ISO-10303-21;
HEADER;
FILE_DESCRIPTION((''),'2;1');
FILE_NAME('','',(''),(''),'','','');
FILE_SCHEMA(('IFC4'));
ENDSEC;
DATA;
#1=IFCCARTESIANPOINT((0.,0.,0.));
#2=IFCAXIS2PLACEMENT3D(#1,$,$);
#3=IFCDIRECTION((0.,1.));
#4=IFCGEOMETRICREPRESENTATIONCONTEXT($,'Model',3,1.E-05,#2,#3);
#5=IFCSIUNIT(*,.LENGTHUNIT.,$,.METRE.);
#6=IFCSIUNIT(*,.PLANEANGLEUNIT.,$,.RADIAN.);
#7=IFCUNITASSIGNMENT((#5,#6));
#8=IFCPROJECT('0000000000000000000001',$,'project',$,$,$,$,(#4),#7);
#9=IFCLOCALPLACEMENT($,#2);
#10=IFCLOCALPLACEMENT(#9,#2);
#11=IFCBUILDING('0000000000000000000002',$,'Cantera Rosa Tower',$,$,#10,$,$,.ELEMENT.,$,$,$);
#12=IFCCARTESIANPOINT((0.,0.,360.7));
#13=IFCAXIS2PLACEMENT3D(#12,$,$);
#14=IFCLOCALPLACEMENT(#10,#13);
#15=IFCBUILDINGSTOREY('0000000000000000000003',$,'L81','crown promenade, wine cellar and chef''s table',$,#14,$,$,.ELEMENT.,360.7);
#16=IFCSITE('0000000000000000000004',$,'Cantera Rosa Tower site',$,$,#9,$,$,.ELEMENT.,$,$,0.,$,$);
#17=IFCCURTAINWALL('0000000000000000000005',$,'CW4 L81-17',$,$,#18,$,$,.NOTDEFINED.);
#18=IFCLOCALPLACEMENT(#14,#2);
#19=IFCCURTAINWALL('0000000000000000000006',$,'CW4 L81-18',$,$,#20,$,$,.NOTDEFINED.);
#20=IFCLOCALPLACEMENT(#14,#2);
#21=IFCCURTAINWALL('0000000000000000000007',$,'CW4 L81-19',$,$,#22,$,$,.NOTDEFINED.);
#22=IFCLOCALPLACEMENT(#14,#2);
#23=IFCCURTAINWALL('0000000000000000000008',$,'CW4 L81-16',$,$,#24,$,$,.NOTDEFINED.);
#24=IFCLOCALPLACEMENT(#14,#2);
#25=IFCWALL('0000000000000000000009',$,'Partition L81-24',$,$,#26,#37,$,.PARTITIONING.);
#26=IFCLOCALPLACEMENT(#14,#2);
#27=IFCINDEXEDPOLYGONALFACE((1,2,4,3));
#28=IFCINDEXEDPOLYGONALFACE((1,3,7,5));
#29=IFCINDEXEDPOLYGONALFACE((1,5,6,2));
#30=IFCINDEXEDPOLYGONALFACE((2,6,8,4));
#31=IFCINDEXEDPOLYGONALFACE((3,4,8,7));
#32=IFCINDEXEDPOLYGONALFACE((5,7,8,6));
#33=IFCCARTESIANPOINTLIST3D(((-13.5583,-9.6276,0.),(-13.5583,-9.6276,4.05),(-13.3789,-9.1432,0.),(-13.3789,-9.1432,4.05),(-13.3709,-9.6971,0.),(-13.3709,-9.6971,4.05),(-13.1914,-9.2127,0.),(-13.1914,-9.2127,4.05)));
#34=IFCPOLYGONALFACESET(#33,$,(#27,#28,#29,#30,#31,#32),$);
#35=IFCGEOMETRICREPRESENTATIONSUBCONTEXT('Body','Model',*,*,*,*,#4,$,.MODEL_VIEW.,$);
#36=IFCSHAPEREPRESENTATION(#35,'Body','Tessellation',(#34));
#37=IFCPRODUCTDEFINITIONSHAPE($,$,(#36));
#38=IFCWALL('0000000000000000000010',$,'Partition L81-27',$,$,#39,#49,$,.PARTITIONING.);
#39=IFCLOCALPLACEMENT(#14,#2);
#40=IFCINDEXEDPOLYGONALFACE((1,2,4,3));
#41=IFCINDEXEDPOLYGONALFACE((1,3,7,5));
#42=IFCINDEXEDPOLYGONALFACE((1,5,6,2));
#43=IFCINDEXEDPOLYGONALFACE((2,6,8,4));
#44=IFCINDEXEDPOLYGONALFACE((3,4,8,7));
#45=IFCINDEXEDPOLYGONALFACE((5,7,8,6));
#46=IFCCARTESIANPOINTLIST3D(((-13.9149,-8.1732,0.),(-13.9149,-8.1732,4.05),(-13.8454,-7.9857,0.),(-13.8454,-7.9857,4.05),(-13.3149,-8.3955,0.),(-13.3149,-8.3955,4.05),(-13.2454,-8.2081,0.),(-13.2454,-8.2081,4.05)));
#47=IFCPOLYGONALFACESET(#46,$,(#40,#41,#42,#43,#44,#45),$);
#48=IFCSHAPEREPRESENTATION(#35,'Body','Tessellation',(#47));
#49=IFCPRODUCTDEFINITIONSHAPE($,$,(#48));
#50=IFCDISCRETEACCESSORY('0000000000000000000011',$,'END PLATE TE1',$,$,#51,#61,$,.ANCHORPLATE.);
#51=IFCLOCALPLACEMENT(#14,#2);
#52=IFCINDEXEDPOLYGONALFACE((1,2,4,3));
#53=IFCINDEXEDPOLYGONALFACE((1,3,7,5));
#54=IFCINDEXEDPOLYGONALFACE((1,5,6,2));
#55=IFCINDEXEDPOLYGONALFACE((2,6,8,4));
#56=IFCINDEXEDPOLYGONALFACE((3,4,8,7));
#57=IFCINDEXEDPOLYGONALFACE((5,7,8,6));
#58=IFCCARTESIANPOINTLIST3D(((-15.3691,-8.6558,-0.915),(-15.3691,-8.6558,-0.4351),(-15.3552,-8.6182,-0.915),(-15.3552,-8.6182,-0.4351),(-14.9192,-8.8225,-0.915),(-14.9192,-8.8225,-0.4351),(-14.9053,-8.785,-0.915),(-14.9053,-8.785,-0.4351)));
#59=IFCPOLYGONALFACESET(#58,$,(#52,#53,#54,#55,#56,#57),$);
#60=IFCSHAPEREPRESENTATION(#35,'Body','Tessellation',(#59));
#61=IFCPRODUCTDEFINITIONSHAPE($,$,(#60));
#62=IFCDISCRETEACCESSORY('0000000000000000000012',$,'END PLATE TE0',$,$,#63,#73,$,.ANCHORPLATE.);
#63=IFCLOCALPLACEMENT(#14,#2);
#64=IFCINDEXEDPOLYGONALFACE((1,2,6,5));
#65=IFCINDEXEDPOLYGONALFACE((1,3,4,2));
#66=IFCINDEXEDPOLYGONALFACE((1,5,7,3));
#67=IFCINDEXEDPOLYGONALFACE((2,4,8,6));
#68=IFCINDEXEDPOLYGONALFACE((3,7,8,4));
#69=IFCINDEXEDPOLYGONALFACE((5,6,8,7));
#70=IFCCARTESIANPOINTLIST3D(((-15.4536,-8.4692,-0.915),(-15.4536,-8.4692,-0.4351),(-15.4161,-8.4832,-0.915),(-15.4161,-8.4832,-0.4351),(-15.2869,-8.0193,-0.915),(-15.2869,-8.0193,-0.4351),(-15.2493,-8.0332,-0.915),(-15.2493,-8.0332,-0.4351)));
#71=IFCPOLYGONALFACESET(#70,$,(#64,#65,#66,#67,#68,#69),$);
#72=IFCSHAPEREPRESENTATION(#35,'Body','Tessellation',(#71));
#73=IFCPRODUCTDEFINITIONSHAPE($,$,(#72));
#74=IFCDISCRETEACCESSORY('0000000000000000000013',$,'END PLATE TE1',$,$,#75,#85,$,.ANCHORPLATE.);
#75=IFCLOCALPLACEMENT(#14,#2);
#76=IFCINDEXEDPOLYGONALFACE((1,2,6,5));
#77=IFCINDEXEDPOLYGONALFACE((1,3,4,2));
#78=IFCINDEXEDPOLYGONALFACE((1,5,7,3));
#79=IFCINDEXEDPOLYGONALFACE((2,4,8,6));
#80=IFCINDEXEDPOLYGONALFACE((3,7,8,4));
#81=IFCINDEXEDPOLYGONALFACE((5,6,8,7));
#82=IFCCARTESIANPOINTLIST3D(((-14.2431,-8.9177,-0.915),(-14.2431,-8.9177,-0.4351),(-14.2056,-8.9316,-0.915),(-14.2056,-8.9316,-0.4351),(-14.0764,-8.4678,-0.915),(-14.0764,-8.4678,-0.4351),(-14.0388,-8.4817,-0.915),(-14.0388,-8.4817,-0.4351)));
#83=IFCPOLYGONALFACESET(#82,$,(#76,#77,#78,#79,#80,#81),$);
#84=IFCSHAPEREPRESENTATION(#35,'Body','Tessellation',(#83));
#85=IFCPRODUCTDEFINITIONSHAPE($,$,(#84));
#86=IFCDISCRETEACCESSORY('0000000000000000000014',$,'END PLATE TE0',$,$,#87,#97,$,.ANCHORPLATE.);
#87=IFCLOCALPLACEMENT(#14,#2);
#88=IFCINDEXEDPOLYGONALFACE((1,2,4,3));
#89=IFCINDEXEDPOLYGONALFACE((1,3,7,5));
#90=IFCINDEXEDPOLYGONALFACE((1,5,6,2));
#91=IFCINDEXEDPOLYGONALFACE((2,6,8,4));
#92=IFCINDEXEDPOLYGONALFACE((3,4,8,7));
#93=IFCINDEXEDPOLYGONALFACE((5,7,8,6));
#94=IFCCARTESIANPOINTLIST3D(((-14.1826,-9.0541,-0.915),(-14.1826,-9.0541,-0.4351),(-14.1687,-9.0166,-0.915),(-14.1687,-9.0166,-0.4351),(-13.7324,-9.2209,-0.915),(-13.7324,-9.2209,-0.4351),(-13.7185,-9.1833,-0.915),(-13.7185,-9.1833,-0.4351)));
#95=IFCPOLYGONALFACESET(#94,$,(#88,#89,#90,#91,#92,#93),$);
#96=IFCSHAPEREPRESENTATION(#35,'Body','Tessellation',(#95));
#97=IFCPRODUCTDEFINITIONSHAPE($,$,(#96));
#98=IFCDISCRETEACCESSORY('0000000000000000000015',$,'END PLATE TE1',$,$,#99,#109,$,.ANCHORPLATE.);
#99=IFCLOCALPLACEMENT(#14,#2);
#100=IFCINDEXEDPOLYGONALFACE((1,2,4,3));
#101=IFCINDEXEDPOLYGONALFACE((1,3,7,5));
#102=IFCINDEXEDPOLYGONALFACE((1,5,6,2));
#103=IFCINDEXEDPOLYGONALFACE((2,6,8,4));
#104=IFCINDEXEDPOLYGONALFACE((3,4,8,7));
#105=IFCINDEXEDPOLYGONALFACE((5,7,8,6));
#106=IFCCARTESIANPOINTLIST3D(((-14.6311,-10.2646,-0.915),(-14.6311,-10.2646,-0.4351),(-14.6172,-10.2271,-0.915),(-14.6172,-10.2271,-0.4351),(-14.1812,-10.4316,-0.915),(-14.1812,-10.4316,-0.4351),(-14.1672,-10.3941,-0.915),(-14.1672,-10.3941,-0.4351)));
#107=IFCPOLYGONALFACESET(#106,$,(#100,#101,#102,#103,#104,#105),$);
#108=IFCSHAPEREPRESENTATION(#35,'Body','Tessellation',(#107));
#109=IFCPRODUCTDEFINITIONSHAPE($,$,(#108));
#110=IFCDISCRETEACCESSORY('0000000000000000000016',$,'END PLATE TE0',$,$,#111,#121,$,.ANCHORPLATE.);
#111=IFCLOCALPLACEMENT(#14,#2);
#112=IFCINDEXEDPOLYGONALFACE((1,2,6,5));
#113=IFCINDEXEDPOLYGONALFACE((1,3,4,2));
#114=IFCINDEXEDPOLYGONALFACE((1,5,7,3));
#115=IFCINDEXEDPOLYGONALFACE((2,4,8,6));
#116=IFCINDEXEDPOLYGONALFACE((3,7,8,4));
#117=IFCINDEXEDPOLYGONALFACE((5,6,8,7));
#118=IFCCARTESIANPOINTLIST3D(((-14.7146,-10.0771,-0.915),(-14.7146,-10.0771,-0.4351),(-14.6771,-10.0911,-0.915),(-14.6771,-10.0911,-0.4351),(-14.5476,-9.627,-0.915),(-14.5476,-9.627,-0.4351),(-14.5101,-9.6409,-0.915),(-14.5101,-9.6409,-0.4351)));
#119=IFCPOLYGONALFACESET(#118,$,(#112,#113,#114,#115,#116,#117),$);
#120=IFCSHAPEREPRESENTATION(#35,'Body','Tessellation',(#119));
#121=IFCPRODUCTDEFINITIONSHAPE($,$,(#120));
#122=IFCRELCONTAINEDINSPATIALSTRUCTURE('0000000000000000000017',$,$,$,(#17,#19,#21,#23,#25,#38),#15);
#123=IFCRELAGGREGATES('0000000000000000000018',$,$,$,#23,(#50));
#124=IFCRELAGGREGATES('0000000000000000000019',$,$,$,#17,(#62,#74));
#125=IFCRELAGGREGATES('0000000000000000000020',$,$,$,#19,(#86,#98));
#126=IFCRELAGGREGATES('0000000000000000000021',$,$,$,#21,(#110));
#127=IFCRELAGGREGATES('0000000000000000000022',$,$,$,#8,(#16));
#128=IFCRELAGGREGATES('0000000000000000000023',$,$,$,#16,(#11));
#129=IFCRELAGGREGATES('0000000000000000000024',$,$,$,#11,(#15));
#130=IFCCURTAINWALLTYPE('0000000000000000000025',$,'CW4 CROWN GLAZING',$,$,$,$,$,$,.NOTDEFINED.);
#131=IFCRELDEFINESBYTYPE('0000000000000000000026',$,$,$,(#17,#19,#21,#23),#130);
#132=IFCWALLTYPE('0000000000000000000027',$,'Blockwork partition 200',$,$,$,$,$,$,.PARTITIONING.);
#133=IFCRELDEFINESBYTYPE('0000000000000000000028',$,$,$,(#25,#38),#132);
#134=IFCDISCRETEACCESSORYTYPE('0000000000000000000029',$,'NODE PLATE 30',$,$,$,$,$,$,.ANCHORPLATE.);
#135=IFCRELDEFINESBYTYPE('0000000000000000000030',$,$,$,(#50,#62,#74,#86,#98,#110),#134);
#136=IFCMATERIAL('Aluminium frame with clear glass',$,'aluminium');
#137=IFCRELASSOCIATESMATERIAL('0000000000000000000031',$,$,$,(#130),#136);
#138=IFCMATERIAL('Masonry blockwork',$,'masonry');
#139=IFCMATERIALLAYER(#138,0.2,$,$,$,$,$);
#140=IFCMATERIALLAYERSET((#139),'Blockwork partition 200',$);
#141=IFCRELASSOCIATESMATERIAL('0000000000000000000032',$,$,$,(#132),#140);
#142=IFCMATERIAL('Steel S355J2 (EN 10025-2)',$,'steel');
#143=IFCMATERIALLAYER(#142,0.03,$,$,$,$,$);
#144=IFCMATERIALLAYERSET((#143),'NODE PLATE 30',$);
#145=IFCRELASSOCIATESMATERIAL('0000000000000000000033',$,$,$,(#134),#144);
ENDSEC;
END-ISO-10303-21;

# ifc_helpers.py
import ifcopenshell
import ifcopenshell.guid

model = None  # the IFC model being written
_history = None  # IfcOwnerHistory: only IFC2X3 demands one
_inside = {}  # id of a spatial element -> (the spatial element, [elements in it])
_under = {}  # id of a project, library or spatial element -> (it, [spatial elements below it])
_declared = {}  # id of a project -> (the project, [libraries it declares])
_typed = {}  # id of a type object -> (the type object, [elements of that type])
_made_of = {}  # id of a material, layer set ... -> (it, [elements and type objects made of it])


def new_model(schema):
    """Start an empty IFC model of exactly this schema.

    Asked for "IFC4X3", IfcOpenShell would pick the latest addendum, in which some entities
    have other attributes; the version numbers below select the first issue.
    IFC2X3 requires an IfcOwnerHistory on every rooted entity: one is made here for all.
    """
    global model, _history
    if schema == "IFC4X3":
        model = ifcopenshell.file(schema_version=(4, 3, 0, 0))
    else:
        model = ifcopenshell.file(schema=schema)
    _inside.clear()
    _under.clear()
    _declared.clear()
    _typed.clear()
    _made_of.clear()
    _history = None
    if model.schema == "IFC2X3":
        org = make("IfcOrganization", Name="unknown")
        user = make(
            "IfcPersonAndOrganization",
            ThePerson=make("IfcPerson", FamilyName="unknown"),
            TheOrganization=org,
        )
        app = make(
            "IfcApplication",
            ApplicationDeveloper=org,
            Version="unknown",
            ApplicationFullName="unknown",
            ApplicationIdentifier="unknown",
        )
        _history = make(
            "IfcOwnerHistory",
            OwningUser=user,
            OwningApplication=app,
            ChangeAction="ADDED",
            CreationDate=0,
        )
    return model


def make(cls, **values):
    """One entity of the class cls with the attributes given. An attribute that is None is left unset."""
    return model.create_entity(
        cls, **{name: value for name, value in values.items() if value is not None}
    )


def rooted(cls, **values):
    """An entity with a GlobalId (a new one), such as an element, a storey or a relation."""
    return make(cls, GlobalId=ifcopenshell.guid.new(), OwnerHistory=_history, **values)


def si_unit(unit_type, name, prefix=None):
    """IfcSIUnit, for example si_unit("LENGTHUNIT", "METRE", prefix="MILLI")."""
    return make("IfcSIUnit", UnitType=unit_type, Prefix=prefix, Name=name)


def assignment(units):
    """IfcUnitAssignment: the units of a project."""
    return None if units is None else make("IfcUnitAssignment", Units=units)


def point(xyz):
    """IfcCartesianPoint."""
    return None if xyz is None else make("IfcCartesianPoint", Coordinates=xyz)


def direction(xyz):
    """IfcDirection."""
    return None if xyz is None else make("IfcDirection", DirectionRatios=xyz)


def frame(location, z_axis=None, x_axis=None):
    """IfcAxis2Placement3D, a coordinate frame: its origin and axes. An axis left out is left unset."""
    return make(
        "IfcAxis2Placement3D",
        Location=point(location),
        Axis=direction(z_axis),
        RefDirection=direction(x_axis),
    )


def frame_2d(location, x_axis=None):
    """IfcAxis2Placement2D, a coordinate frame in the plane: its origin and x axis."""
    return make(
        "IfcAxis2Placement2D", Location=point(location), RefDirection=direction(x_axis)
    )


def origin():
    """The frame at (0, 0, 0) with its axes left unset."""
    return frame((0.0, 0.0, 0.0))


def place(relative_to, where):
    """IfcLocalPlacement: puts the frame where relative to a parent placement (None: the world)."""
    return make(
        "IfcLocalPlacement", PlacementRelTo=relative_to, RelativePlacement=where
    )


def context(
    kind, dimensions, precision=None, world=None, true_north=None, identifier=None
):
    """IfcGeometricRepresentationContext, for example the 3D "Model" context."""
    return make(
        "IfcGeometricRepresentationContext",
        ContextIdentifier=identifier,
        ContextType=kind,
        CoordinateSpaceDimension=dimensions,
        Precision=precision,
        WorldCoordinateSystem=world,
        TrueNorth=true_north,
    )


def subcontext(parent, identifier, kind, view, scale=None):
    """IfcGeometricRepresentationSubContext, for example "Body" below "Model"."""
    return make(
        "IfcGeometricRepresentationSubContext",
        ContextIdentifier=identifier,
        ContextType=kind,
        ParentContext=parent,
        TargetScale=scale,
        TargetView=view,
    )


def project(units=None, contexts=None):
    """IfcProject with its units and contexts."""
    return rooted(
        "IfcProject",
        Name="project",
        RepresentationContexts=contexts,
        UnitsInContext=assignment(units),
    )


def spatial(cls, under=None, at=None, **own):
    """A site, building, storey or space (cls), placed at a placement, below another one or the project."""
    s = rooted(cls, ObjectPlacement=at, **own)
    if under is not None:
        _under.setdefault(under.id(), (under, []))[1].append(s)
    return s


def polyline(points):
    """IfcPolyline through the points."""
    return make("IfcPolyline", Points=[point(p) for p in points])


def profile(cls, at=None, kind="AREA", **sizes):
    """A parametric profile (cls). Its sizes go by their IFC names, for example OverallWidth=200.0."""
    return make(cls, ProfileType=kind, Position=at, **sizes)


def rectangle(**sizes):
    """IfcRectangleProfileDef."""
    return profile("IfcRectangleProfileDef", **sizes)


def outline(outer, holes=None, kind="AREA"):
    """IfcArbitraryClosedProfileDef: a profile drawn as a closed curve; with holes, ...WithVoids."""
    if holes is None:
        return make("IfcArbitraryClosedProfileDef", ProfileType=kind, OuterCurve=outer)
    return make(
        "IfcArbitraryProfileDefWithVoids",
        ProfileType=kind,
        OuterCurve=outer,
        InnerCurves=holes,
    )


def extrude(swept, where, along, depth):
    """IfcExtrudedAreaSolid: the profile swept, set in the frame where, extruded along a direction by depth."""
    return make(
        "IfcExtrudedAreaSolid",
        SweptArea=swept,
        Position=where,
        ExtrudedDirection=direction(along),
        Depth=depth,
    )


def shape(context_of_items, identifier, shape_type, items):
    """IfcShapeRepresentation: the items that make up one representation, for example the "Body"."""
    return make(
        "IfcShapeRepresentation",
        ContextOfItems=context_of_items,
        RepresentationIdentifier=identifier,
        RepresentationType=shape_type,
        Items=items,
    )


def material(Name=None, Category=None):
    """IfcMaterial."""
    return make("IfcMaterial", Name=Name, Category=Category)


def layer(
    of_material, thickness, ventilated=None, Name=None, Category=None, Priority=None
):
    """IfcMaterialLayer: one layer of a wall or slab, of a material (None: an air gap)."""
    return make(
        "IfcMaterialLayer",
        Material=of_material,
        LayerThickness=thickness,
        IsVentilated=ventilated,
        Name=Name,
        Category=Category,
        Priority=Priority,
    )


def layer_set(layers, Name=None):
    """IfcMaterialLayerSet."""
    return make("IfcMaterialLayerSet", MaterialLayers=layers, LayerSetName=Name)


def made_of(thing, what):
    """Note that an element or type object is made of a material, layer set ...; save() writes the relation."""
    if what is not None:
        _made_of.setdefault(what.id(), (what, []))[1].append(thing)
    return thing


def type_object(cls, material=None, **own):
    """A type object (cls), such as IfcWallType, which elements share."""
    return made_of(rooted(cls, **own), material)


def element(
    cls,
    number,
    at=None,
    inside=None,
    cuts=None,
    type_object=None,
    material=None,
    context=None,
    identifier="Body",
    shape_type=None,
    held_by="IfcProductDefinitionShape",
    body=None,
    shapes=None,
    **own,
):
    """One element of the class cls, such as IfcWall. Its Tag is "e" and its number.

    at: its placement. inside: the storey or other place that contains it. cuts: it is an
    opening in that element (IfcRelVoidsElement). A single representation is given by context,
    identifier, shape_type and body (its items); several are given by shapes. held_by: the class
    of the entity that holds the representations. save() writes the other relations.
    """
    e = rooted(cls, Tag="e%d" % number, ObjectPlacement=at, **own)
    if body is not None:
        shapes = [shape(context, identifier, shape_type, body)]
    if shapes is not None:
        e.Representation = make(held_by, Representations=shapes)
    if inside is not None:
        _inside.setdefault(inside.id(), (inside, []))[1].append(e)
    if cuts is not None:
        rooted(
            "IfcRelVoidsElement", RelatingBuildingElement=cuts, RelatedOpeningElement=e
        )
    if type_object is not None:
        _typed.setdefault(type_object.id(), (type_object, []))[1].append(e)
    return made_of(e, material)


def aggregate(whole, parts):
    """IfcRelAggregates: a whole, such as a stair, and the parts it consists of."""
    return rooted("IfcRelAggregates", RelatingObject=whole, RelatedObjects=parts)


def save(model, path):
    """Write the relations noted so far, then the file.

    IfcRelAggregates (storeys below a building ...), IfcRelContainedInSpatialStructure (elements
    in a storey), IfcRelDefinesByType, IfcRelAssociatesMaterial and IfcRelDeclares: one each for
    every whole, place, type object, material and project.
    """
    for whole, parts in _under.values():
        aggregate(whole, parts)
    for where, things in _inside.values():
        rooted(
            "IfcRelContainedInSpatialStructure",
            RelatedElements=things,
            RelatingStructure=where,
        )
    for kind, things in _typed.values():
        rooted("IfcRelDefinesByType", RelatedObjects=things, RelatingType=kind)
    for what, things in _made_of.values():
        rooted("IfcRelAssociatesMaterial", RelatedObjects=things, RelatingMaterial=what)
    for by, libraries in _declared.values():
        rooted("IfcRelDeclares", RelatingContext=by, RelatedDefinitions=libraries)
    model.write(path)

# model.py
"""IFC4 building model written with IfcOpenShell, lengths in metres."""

from ifc_helpers import new_model, si_unit, direction, frame, frame_2d, origin, place, context, subcontext, project, spatial, polyline, rectangle, outline, extrude, material, layer, layer_set, type_object, element, aggregate, save


model = new_model("IFC4")

# Units and contexts
model_context = context("Model", 3, precision=1e-05, world=origin(), true_north=direction((0.0, 1.0)))
body_context = subcontext(model_context, "Body", "Model", "MODEL_VIEW")
ifc_project = project(units=[si_unit("LENGTHUNIT", "METRE"), si_unit("PLANEANGLEUNIT", "RADIAN")], contexts=[model_context])

# Site, building, storey
site_placement = place(None, origin())
site = spatial("IfcSite", under=ifc_project, at=site_placement, Name="Cantera Rosa Tower site", CompositionType="ELEMENT", RefElevation=0.0)
building_placement = place(site_placement, origin())
building = spatial("IfcBuilding", under=site, at=building_placement, Name="Cantera Rosa Tower", CompositionType="ELEMENT")
storey_placement = place(building_placement, frame((0.0, 0.0, 360.7)))
storey = spatial("IfcBuildingStorey", under=building, at=storey_placement, Name="L81", Description="crown promenade, wine cellar and chef's table", CompositionType="ELEMENT", Elevation=360.7)

# Curtain walls
ifc_material_1 = material(Name="Aluminium frame with clear glass", Category="aluminium")
curtain_wall_type = type_object("IfcCurtainWallType", Name="CW4 CROWN GLAZING", PredefinedType="NOTDEFINED", material=ifc_material_1)
curtain_wall_1_placement = place(storey_placement, origin())
curtain_wall_1 = element("IfcCurtainWall", 1, at=curtain_wall_1_placement, inside=storey, type_object=curtain_wall_type, Name="CW4 L81-17", PredefinedType="NOTDEFINED")
curtain_wall_2_placement = place(storey_placement, origin())
curtain_wall_2 = element("IfcCurtainWall", 2, at=curtain_wall_2_placement, inside=storey, type_object=curtain_wall_type, Name="CW4 L81-18", PredefinedType="NOTDEFINED")
curtain_wall_3_placement = place(storey_placement, origin())
curtain_wall_3 = element("IfcCurtainWall", 3, at=curtain_wall_3_placement, inside=storey, type_object=curtain_wall_type, Name="CW4 L81-19", PredefinedType="NOTDEFINED")
curtain_wall_4_placement = place(storey_placement, origin())
curtain_wall_4 = element("IfcCurtainWall", 4, at=curtain_wall_4_placement, inside=storey, type_object=curtain_wall_type, Name="CW4 L81-16", PredefinedType="NOTDEFINED")

# Walls
ifc_material_2 = material(Name="Masonry blockwork", Category="masonry")
ifc_layer_1 = layer(ifc_material_2, 0.2)
ifc_layer_set_1 = layer_set([ifc_layer_1], Name="Blockwork partition 200")
wall_type = type_object("IfcWallType", Name="Blockwork partition 200", PredefinedType="PARTITIONING", material=ifc_layer_set_1)
wall_1_placement = place(storey_placement, frame((-13.4646, -9.6624, 0.0), z_axis=(0.0, 0.0, 1.0), x_axis=(0.347391, 0.93772, 0.0)))
element("IfcWall", 5, at=wall_1_placement, inside=storey, type_object=wall_type, Name="Partition L81-24", PredefinedType="PARTITIONING", context=body_context, shape_type="SweptSolid", body=[
    extrude(rectangle(XDim=0.5166, YDim=0.2, at=frame_2d((0.2583, 0.0))), origin(), (0.0, 0.0, 1.0), 4.05),
])
wall_2_placement = place(storey_placement, frame((-13.2803, -8.3018, 0.0), z_axis=(0.0, 0.0, 1.0), x_axis=(-0.937671, 0.347526, 0.0)))
element("IfcWall", 6, at=wall_2_placement, inside=storey, type_object=wall_type, Name="Partition L81-27", PredefinedType="PARTITIONING", context=body_context, shape_type="SweptSolid", body=[
    extrude(rectangle(XDim=0.6399, YDim=0.2, at=frame_2d((0.3198, 0.0))), origin(), (0.0, 0.0, 1.0), 4.05),
])

# Discrete accessories
ifc_material_3 = material(Name="Steel S355J2 (EN 10025-2)", Category="steel")
ifc_layer_2 = layer(ifc_material_3, 0.03)
ifc_layer_set_2 = layer_set([ifc_layer_2], Name="NODE PLATE 30")
discrete_accessory_type = type_object("IfcDiscreteAccessoryType", Name="NODE PLATE 30", PredefinedType="ANCHORPLATE", material=ifc_layer_set_2)
discrete_accessory_1_placement = place(storey_placement, frame((-14.9192, -8.8225, -0.4351), z_axis=(-0.347497, -0.937681, 0.0), x_axis=(-0.937681, 0.347497, 0.0)))
discrete_accessory_1 = element("IfcDiscreteAccessory", 7, at=discrete_accessory_1_placement, type_object=discrete_accessory_type, Name="END PLATE TE1", PredefinedType="ANCHORPLATE", context=body_context, shape_type="SweptSolid", body=[
    extrude(outline(polyline([(0.0, 0.0), (0.4799, 0.0), (0.4799, 0.48), (0.0, 0.48), (0.0, 0.0)])), origin(), (0.0, 0.0, -1.0), 0.04),
])
aggregate(curtain_wall_4, [discrete_accessory_1])
discrete_accessory_2_placement = place(storey_placement, frame((-15.4536, -8.4692, -0.4351), z_axis=(-0.937681, 0.347497, 0.0), x_axis=(0.347497, 0.937681, 0.0)))
discrete_accessory_2 = element("IfcDiscreteAccessory", 8, at=discrete_accessory_2_placement, type_object=discrete_accessory_type, Name="END PLATE TE0", PredefinedType="ANCHORPLATE", context=body_context, shape_type="SweptSolid", body=[
    extrude(outline(polyline([(0.0, 0.0), (0.4799, 0.0), (0.4799, 0.48), (0.0, 0.48), (0.0, 0.0)])), origin(), (0.0, 0.0, -1.0), 0.04),
])
discrete_accessory_3_placement = place(storey_placement, frame((-14.0388, -8.4817, -0.4351), z_axis=(0.937681, -0.347497, 0.0), x_axis=(-0.347497, -0.937681, 0.0)))
discrete_accessory_3 = element("IfcDiscreteAccessory", 9, at=discrete_accessory_3_placement, type_object=discrete_accessory_type, Name="END PLATE TE1", PredefinedType="ANCHORPLATE", context=body_context, shape_type="SweptSolid", body=[
    extrude(outline(polyline([(0.0, 0.0), (0.4799, 0.0), (0.4799, 0.48), (0.0, 0.48), (0.0, 0.0)])), origin(), (0.0, 0.0, -1.0), 0.04),
])
aggregate(curtain_wall_1, [discrete_accessory_2, discrete_accessory_3])
discrete_accessory_4_placement = place(storey_placement, frame((-14.1687, -9.0166, -0.4351), z_axis=(0.347331, 0.937743, 0.0), x_axis=(0.937743, -0.347331, 0.0)))
discrete_accessory_4 = element("IfcDiscreteAccessory", 10, at=discrete_accessory_4_placement, type_object=discrete_accessory_type, Name="END PLATE TE0", PredefinedType="ANCHORPLATE", context=body_context, shape_type="SweptSolid", body=[
    extrude(outline(polyline([(0.0, 0.0), (0.4801, 0.0), (0.4801, 0.48), (0.0, 0.48), (0.0, 0.0)])), origin(), (0.0, 0.0, -1.0), 0.04),
])
discrete_accessory_5_placement = place(storey_placement, frame((-14.1812, -10.4316, -0.4351), z_axis=(-0.347944, -0.937515, 0.0), x_axis=(-0.937515, 0.347944, 0.0)))
discrete_accessory_5 = element("IfcDiscreteAccessory", 11, at=discrete_accessory_5_placement, type_object=discrete_accessory_type, Name="END PLATE TE1", PredefinedType="ANCHORPLATE", context=body_context, shape_type="SweptSolid", body=[
    extrude(outline(polyline([(0.0, 0.0), (0.4799, 0.0), (0.4799, 0.48), (0.0, 0.48), (0.0, 0.0)])), origin(), (0.0, 0.0, -1.0), 0.04),
])
aggregate(curtain_wall_2, [discrete_accessory_4, discrete_accessory_5])
discrete_accessory_6_placement = place(storey_placement, frame((-14.7146, -10.0771, -0.4351), z_axis=(-0.937577, 0.347778, 0.0), x_axis=(0.347778, 0.937577, 0.0)))
discrete_accessory_6 = element("IfcDiscreteAccessory", 12, at=discrete_accessory_6_placement, type_object=discrete_accessory_type, Name="END PLATE TE0", PredefinedType="ANCHORPLATE", context=body_context, shape_type="SweptSolid", body=[
    extrude(outline(polyline([(0.0, 0.0), (0.4802, 0.0), (0.4802, 0.48), (0.0, 0.48), (0.0, 0.0)])), origin(), (0.0, 0.0, -1.0), 0.04),
])
aggregate(curtain_wall_3, [discrete_accessory_6])

save(model, "model.ifc")
